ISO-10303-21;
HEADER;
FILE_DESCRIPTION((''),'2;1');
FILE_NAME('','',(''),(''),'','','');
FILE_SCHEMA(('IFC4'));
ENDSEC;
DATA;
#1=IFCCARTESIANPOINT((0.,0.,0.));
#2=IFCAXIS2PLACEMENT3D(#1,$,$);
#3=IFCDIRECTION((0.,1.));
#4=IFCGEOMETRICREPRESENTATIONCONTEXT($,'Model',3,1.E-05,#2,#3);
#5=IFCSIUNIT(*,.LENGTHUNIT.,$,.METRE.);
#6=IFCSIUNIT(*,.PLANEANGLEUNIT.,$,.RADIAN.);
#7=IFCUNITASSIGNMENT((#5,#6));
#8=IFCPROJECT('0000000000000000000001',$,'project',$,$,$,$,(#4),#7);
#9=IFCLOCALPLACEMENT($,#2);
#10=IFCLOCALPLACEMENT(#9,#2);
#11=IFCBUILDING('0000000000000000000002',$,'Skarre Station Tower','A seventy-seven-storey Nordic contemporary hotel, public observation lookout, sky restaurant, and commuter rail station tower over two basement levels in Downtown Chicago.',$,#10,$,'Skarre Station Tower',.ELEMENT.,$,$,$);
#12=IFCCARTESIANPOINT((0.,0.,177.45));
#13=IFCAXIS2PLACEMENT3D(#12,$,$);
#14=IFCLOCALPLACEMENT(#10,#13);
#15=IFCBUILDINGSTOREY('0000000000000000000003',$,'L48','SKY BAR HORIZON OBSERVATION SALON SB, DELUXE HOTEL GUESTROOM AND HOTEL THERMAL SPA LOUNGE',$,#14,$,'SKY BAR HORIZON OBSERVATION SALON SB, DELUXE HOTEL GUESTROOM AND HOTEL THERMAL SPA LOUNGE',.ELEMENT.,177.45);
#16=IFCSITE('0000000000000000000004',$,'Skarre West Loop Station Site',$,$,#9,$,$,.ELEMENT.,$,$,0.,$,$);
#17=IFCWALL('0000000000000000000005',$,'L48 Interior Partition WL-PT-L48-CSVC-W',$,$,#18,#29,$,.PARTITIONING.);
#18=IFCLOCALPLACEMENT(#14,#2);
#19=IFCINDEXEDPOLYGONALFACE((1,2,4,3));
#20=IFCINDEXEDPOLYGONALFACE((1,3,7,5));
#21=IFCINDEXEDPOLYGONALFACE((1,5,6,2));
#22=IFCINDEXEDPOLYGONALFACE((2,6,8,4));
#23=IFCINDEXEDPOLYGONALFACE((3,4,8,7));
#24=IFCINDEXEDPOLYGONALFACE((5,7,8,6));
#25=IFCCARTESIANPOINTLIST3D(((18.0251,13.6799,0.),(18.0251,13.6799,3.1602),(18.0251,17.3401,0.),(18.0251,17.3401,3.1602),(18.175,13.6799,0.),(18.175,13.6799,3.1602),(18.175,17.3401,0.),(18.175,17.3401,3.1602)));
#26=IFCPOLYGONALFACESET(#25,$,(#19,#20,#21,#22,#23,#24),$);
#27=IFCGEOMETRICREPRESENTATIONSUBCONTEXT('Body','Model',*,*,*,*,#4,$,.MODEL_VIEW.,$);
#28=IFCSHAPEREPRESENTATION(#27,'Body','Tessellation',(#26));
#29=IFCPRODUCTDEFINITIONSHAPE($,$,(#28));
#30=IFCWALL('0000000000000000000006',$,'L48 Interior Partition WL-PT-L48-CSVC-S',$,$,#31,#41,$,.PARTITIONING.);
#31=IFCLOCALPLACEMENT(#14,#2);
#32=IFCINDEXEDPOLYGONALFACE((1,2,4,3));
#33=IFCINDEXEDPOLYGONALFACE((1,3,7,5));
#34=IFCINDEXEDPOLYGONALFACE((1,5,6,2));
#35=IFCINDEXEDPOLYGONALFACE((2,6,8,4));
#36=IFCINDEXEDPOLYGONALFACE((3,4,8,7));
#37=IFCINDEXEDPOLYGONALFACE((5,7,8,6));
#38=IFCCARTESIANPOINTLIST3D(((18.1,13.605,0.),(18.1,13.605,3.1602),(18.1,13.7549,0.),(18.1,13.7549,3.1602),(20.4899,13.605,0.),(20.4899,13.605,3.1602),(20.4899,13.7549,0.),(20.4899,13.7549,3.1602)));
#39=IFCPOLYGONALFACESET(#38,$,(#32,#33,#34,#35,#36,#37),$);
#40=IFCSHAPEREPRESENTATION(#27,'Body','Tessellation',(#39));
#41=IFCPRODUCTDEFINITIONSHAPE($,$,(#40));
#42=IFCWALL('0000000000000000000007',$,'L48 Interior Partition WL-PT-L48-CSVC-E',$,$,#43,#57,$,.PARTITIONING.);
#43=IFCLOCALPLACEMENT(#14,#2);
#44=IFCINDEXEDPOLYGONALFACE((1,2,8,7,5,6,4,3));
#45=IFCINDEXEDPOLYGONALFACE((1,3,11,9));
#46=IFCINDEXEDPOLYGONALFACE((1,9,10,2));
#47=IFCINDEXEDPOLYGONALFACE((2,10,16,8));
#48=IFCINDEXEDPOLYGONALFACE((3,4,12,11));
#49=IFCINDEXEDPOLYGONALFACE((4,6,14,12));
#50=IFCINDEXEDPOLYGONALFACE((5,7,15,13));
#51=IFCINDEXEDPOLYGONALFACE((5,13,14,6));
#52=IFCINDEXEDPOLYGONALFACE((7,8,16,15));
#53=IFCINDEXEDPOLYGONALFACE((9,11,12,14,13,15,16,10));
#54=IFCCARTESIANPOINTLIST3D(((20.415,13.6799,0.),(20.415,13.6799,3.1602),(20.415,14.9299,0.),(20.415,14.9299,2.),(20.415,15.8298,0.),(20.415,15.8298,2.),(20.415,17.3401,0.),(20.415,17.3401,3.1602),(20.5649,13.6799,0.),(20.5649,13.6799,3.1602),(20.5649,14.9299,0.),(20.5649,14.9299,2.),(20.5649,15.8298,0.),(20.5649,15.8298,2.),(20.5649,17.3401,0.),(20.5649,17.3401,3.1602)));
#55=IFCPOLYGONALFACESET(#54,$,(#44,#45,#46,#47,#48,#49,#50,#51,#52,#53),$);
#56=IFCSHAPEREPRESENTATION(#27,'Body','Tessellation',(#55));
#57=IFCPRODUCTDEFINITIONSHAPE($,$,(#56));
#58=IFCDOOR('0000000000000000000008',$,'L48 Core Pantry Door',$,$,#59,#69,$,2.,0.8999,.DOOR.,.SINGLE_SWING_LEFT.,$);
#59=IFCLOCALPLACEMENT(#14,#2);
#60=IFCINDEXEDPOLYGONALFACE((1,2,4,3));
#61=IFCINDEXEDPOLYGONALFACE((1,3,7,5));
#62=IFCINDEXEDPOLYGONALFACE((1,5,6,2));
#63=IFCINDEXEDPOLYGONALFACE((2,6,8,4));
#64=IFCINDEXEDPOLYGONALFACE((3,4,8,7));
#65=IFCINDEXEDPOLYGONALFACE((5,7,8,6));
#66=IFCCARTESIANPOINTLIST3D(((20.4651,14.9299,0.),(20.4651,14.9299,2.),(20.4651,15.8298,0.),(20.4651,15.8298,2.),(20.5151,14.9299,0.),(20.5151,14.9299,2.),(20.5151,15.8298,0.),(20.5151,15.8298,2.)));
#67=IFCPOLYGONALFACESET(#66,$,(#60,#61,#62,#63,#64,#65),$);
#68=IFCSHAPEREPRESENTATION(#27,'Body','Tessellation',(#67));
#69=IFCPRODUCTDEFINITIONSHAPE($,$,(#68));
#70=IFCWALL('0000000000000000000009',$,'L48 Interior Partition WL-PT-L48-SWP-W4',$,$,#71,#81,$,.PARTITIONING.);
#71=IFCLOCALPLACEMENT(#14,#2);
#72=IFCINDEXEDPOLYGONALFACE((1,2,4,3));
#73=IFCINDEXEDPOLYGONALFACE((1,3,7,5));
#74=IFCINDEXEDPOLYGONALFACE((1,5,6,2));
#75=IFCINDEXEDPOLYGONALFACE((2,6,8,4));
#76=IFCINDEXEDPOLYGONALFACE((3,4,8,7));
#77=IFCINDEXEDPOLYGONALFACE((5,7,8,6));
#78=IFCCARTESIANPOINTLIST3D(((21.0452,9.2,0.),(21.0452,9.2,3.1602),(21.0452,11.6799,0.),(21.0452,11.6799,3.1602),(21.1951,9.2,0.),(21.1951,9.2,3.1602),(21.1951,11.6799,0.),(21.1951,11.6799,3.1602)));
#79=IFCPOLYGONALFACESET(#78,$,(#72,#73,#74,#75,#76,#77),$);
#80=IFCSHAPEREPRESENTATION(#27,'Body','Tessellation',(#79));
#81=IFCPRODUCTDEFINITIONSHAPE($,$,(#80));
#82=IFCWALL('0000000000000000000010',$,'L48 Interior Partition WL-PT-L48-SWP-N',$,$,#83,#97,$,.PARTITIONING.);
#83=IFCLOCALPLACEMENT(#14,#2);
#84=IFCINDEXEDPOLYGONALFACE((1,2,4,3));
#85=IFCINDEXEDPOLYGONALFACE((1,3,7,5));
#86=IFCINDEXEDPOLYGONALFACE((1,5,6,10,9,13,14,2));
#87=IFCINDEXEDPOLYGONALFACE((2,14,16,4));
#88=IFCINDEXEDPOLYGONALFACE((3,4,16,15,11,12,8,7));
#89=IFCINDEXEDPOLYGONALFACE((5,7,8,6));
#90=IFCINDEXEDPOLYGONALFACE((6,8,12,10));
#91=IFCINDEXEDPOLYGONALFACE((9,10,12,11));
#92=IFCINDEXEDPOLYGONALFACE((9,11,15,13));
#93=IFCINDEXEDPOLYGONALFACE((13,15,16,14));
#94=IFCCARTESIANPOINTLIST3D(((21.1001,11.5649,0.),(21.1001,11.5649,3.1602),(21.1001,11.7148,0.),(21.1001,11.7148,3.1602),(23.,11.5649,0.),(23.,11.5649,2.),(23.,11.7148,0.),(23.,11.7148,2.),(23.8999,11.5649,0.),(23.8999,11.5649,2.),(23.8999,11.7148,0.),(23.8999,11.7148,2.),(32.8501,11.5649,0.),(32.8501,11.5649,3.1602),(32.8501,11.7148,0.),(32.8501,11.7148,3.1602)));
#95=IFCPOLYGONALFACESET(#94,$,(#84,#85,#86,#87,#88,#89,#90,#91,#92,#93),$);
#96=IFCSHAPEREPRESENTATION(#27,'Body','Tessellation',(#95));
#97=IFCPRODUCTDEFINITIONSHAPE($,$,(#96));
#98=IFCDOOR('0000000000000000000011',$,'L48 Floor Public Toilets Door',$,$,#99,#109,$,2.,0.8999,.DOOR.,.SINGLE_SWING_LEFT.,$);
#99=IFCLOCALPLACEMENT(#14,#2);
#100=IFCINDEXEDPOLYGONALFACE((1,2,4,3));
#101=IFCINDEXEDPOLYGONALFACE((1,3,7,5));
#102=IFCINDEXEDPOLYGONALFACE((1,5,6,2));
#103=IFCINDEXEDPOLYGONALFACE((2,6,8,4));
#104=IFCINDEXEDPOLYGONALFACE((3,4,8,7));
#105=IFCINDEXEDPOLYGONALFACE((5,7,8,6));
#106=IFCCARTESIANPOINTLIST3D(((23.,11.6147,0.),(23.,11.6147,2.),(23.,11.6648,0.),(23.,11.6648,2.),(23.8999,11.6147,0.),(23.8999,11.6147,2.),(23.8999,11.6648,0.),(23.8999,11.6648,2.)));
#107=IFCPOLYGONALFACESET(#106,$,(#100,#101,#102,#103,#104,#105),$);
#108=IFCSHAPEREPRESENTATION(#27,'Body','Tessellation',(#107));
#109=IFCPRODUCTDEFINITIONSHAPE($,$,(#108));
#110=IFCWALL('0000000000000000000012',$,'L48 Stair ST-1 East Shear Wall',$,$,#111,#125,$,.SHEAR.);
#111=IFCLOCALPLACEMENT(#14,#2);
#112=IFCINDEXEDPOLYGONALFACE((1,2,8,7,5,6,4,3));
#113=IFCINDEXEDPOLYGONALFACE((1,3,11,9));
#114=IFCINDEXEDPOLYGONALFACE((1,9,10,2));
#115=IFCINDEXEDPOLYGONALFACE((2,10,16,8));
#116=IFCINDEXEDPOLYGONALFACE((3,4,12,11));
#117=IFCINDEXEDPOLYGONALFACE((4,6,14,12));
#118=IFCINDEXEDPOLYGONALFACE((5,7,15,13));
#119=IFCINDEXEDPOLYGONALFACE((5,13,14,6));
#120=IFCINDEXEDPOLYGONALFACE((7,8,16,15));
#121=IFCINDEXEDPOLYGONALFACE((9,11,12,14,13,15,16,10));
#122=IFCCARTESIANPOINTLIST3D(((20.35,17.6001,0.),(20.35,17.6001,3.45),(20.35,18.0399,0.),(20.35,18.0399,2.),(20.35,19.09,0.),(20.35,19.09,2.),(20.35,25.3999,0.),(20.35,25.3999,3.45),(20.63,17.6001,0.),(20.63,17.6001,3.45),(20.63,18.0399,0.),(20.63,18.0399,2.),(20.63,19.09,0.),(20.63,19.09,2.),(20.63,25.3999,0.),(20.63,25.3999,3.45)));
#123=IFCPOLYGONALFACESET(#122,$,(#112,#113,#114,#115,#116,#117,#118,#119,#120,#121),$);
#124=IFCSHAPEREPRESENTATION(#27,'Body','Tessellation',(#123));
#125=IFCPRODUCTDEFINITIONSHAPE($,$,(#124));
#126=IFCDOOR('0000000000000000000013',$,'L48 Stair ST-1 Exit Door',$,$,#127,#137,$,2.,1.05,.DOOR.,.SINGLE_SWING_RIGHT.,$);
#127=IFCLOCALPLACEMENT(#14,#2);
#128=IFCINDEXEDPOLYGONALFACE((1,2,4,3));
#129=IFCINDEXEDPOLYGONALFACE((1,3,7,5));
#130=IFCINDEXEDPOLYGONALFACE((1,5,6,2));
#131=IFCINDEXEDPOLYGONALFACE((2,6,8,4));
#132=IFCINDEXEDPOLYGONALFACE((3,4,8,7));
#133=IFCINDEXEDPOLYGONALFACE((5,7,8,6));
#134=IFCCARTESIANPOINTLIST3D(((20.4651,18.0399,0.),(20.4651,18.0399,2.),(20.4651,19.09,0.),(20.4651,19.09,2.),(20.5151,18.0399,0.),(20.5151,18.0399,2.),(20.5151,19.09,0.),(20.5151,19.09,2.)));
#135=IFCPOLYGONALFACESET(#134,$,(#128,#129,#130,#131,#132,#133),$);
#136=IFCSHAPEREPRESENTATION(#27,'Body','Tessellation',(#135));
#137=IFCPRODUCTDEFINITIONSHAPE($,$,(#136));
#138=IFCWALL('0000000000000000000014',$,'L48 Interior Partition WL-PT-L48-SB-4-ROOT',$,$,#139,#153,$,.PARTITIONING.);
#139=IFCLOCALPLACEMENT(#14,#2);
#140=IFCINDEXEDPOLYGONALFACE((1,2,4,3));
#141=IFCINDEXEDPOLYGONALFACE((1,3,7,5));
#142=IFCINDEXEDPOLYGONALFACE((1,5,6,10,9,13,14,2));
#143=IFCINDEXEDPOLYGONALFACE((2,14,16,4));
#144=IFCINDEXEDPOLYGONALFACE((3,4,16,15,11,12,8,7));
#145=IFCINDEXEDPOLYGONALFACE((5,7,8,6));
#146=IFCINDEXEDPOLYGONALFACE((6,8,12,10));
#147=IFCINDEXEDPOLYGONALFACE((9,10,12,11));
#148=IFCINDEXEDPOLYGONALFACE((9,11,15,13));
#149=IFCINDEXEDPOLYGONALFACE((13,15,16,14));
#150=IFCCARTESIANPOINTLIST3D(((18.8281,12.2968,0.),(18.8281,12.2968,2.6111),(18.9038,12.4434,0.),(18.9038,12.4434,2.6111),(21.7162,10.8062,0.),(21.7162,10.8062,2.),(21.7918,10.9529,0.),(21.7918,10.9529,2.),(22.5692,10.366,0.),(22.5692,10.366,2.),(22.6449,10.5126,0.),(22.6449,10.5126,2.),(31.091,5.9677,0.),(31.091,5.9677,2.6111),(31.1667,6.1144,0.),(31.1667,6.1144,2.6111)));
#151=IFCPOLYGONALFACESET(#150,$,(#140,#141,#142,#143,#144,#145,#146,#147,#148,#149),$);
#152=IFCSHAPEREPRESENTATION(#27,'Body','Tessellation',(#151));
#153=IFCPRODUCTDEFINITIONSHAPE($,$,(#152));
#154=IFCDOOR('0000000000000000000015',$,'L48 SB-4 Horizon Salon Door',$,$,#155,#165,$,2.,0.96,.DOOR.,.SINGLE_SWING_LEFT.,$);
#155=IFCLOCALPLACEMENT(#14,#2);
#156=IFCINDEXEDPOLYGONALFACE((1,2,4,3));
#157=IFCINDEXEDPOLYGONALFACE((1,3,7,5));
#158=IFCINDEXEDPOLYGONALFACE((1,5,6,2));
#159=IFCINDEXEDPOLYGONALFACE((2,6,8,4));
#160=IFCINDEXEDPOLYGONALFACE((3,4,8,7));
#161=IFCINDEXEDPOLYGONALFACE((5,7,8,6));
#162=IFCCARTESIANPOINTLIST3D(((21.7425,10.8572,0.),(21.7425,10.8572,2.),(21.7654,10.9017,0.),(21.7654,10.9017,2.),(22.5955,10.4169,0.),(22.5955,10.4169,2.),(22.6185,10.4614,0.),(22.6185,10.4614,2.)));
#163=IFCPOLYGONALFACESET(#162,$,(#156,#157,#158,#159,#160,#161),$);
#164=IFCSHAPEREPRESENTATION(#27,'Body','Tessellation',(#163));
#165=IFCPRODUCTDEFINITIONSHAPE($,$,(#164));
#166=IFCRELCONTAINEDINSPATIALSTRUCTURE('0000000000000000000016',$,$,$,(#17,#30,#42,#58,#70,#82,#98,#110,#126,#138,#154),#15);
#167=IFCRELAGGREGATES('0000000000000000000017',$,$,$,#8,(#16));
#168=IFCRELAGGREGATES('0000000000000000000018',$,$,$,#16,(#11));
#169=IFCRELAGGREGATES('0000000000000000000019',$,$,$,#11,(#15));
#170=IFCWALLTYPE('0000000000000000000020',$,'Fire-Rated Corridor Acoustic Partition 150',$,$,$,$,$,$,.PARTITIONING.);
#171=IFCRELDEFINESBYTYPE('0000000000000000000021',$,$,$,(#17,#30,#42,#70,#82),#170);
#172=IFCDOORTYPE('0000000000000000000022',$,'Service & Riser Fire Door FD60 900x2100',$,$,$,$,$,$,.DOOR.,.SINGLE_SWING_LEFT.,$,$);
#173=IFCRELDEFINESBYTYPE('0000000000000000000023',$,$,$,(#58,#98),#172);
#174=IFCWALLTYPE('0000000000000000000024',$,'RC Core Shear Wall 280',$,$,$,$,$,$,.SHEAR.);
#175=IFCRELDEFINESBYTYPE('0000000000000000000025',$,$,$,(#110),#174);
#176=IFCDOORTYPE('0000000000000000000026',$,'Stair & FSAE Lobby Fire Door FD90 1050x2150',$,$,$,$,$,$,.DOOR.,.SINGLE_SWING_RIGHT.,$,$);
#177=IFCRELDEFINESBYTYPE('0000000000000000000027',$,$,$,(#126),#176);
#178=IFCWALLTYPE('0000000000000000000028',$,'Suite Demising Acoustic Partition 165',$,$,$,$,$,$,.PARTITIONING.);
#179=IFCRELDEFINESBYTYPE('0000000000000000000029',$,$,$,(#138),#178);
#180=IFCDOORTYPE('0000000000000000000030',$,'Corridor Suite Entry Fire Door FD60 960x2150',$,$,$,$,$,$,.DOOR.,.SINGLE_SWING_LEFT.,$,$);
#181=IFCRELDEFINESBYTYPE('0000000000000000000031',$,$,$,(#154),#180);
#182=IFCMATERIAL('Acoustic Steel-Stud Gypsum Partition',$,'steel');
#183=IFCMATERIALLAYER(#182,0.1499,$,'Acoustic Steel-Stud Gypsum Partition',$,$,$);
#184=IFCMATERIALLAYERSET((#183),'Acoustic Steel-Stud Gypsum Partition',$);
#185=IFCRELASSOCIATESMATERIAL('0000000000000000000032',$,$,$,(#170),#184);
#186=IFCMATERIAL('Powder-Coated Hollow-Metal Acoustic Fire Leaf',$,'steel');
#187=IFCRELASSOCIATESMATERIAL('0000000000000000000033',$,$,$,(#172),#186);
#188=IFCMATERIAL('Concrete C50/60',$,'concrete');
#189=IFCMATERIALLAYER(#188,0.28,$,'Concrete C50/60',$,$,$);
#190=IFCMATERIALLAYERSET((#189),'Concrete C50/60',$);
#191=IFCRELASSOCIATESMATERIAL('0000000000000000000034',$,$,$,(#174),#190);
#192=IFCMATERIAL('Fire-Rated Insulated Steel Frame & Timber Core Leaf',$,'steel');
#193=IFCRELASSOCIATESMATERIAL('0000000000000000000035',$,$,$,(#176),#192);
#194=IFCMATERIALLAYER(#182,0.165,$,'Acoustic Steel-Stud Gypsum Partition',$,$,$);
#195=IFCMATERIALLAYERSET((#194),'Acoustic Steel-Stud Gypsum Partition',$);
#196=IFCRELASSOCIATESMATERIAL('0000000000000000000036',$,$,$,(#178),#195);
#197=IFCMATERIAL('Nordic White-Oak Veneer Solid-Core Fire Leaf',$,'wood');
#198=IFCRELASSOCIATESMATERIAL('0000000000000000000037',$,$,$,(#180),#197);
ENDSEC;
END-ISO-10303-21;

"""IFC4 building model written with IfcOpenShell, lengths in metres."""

from ifc_helpers import new_model, si_unit, direction, frame, frame_2d, origin, place, context, subcontext, project, spatial, rectangle, extrude, material, layer, layer_set, type_object, element, fill, save


model = new_model("IFC4")

# Units and contexts
model_context = context("Model", 3, precision=1e-05, world=origin(), true_north=direction((0.0, 1.0)))
body_context = subcontext(model_context, "Body", "Model", "MODEL_VIEW")
ifc_project = project(units=[si_unit("LENGTHUNIT", "METRE"), si_unit("PLANEANGLEUNIT", "RADIAN")], contexts=[model_context])

# Site, building, storey
site_placement = place(None, origin())
site = spatial("IfcSite", under=ifc_project, at=site_placement, Name="Skarre West Loop Station Site", CompositionType="ELEMENT", RefElevation=0.0)
building_placement = place(site_placement, origin())
building = spatial("IfcBuilding", under=site, at=building_placement, Name="Skarre Station Tower", Description="A seventy-seven-storey Nordic contemporary hotel, public observation lookout, sky restaurant, and commuter rail station tower over two basement levels in Downtown Chicago.", LongName="Skarre Station Tower", CompositionType="ELEMENT")
storey_placement = place(building_placement, frame((0.0, 0.0, 177.45)))
storey = spatial("IfcBuildingStorey", under=building, at=storey_placement, Name="L48", Description="SKY BAR HORIZON OBSERVATION SALON SB, DELUXE HOTEL GUESTROOM AND HOTEL THERMAL SPA LOUNGE", LongName="SKY BAR HORIZON OBSERVATION SALON SB, DELUXE HOTEL GUESTROOM AND HOTEL THERMAL SPA LOUNGE", CompositionType="ELEMENT", Elevation=177.45)

# Shared definitions
ifc_material_1 = material(Name="Concrete C50/60", Category="concrete")

# Walls
ifc_material_2 = material(Name="Acoustic Steel-Stud Gypsum Partition", Category="steel")
ifc_layer_1 = layer(ifc_material_2, 0.1499, Name="Acoustic Steel-Stud Gypsum Partition")
ifc_layer_set_1 = layer_set([ifc_layer_1], Name="Acoustic Steel-Stud Gypsum Partition")
wall_type_1 = type_object("IfcWallType", Name="Fire-Rated Corridor Acoustic Partition 150", PredefinedType="PARTITIONING", material=ifc_layer_set_1)
wall_1_placement = place(storey_placement, frame((18.1001, 17.3401, 0.0), z_axis=(0.0, 0.0, 1.0), x_axis=(0.0, -1.0, 0.0)))
element("IfcWall", 1, at=wall_1_placement, inside=storey, type_object=wall_type_1, Name="L48 Interior Partition WL-PT-L48-CSVC-W", PredefinedType="PARTITIONING", context=body_context, shape_type="SweptSolid", body=[
    extrude(rectangle(XDim=3.6602, YDim=0.1499, at=frame_2d((1.8301, 0.0))), origin(), (0.0, 0.0, 1.0), 3.1602),
])
wall_2_placement = place(storey_placement, frame((18.1001, 13.6799, 0.0), z_axis=(0.0, 0.0, 1.0), x_axis=(1.0, 0.0, 0.0)))
element("IfcWall", 2, at=wall_2_placement, inside=storey, type_object=wall_type_1, Name="L48 Interior Partition WL-PT-L48-CSVC-S", PredefinedType="PARTITIONING", context=body_context, shape_type="SweptSolid", body=[
    extrude(rectangle(XDim=2.3899, YDim=0.1499, at=frame_2d((1.1948, 0.0))), origin(), (0.0, 0.0, 1.0), 3.1602),
])

# Wall, opening, door
wall_3_placement = place(storey_placement, frame((20.49, 13.6799, 0.0), z_axis=(0.0, 0.0, 1.0), x_axis=(0.0, 1.0, 0.0)))
wall_3 = element("IfcWall", 3, at=wall_3_placement, inside=storey, type_object=wall_type_1, Name="L48 Interior Partition WL-PT-L48-CSVC-E", PredefinedType="PARTITIONING", context=body_context, shape_type="SweptSolid", body=[
    extrude(rectangle(XDim=3.6602, YDim=0.1499, at=frame_2d((1.8301, 0.0))), origin(), (0.0, 0.0, 1.0), 3.1602),
])
opening_1_placement = place(wall_3_placement, frame((1.25, 0.0, 0.0)))
opening_1 = element("IfcOpeningElement", 4, at=opening_1_placement, cuts=wall_3, PredefinedType="OPENING", context=body_context, shape_type="SweptSolid", body=[
    extrude(rectangle(XDim=0.8999, YDim=2.0, at=frame_2d((0.45, 1.0))), frame((0.0, 0.085, 0.0), z_axis=(0.0, -1.0, 0.0), x_axis=(1.0, 0.0, 0.0)), (0.0, 0.0, 1.0), 0.1699),
])
ifc_material_3 = material(Name="Powder-Coated Hollow-Metal Acoustic Fire Leaf", Category="steel")
door_type_1 = type_object("IfcDoorType", Name="Service & Riser Fire Door FD60 900x2100", OperationType="SINGLE_SWING_LEFT", PredefinedType="DOOR", material=ifc_material_3)
door_1_placement = place(opening_1_placement, origin())
door_1 = element("IfcDoor", 5, at=door_1_placement, inside=storey, type_object=door_type_1, Name="L48 Core Pantry Door", OperationType="SINGLE_SWING_LEFT", OverallHeight=2.0, OverallWidth=0.8999, PredefinedType="DOOR", context=body_context, shape_type="SweptSolid", body=[
    extrude(rectangle(XDim=0.8999, YDim=2.0, at=frame_2d((0.45, 1.0))), frame((0.0, 0.0249, 0.0), z_axis=(0.0, -1.0, 0.0), x_axis=(1.0, 0.0, 0.0)), (0.0, 0.0, 1.0), 0.05),
])
fill(opening_1, door_1)

# Wall
wall_4_placement = place(storey_placement, frame((21.1201, 9.2, 0.0), z_axis=(0.0, 0.0, 1.0), x_axis=(0.0, 1.0, 0.0)))
element("IfcWall", 6, at=wall_4_placement, inside=storey, type_object=wall_type_1, Name="L48 Interior Partition WL-PT-L48-SWP-W4", PredefinedType="PARTITIONING", context=body_context, shape_type="SweptSolid", body=[
    extrude(rectangle(XDim=2.48, YDim=0.1499, at=frame_2d((1.24, 0.0))), origin(), (0.0, 0.0, 1.0), 3.1602),
])

# Walls, openings, doors
wall_5_placement = place(storey_placement, frame((21.1001, 11.6399, 0.0), z_axis=(0.0, 0.0, 1.0), x_axis=(1.0, 0.0, 0.0)))
wall_5 = element("IfcWall", 7, at=wall_5_placement, inside=storey, type_object=wall_type_1, Name="L48 Interior Partition WL-PT-L48-SWP-N", PredefinedType="PARTITIONING", context=body_context, shape_type="SweptSolid", body=[
    extrude(rectangle(XDim=11.75, YDim=0.1499, at=frame_2d((5.875, 0.0))), origin(), (0.0, 0.0, 1.0), 3.1602),
])
opening_2_placement = place(wall_5_placement, frame((1.8999, 0.0, 0.0)))
opening_2 = element("IfcOpeningElement", 8, at=opening_2_placement, cuts=wall_5, PredefinedType="OPENING", context=body_context, shape_type="SweptSolid", body=[
    extrude(rectangle(XDim=0.8999, YDim=2.0, at=frame_2d((0.45, 1.0))), frame((0.0, 0.085, 0.0), z_axis=(0.0, -1.0, 0.0), x_axis=(1.0, 0.0, 0.0)), (0.0, 0.0, 1.0), 0.1699),
])
door_2_placement = place(opening_2_placement, origin())
door_2 = element("IfcDoor", 9, at=door_2_placement, inside=storey, type_object=door_type_1, Name="L48 Floor Public Toilets Door", OperationType="SINGLE_SWING_LEFT", OverallHeight=2.0, OverallWidth=0.8999, PredefinedType="DOOR", context=body_context, shape_type="SweptSolid", body=[
    extrude(rectangle(XDim=0.8999, YDim=2.0, at=frame_2d((0.45, 1.0))), frame((0.0, 0.0249, 0.0), z_axis=(0.0, -1.0, 0.0), x_axis=(1.0, 0.0, 0.0)), (0.0, 0.0, 1.0), 0.05),
])
fill(opening_2, door_2)
ifc_layer_2 = layer(ifc_material_1, 0.28, Name="Concrete C50/60")
ifc_layer_set_2 = layer_set([ifc_layer_2], Name="Concrete C50/60")
wall_type_2 = type_object("IfcWallType", Name="RC Core Shear Wall 280", PredefinedType="SHEAR", material=ifc_layer_set_2)
wall_6_placement = place(storey_placement, frame((20.49, 17.6001, 0.0), z_axis=(0.0, 0.0, 1.0), x_axis=(0.0, 1.0, 0.0)))
wall_6 = element("IfcWall", 10, at=wall_6_placement, inside=storey, type_object=wall_type_2, Name="L48 Stair ST-1 East Shear Wall", PredefinedType="SHEAR", context=body_context, shape_type="SweptSolid", body=[
    extrude(rectangle(XDim=7.7998, YDim=0.28, at=frame_2d((3.8999, 0.0))), origin(), (0.0, 0.0, 1.0), 3.45),
])
opening_3_placement = place(wall_6_placement, frame((0.4399, 0.0, 0.0)))
opening_3 = element("IfcOpeningElement", 11, at=opening_3_placement, cuts=wall_6, PredefinedType="OPENING", context=body_context, shape_type="SweptSolid", body=[
    extrude(rectangle(XDim=1.05, YDim=2.0, at=frame_2d((0.5249, 1.0))), frame((0.0, 0.1499, 0.0), z_axis=(0.0, -1.0, 0.0), x_axis=(1.0, 0.0, 0.0)), (0.0, 0.0, 1.0), 0.3),
])
ifc_material_4 = material(Name="Fire-Rated Insulated Steel Frame & Timber Core Leaf", Category="steel")
door_type_2 = type_object("IfcDoorType", Name="Stair & FSAE Lobby Fire Door FD90 1050x2150", OperationType="SINGLE_SWING_RIGHT", PredefinedType="DOOR", material=ifc_material_4)
door_3_placement = place(opening_3_placement, origin())
door_3 = element("IfcDoor", 12, at=door_3_placement, inside=storey, type_object=door_type_2, Name="L48 Stair ST-1 Exit Door", OperationType="SINGLE_SWING_RIGHT", OverallHeight=2.0, OverallWidth=1.05, PredefinedType="DOOR", context=body_context, shape_type="SweptSolid", body=[
    extrude(rectangle(XDim=1.05, YDim=2.0, at=frame_2d((0.5249, 1.0))), frame((0.0, 0.0249, 0.0), z_axis=(0.0, -1.0, 0.0), x_axis=(1.0, 0.0, 0.0)), (0.0, 0.0, 1.0), 0.05),
])
fill(opening_3, door_3)
ifc_layer_3 = layer(ifc_material_2, 0.165, Name="Acoustic Steel-Stud Gypsum Partition")
ifc_layer_set_3 = layer_set([ifc_layer_3], Name="Acoustic Steel-Stud Gypsum Partition")
wall_type_3 = type_object("IfcWallType", Name="Suite Demising Acoustic Partition 165", PredefinedType="PARTITIONING", material=ifc_layer_set_3)
wall_7_placement = place(storey_placement, frame((18.866, 12.3701, 0.0), z_axis=(0.0, 0.0, 1.0), x_axis=(0.888625, -0.458634, 0.0)))
wall_7 = element("IfcWall", 13, at=wall_7_placement, inside=storey, type_object=wall_type_3, Name="L48 Interior Partition WL-PT-L48-SB-4-ROOT", PredefinedType="PARTITIONING", context=body_context, shape_type="SweptSolid", body=[
    extrude(rectangle(XDim=13.7998, YDim=0.165, at=frame_2d((6.8999, 0.0))), origin(), (0.0, 0.0, 1.0), 2.6111),
])
opening_4_placement = place(wall_7_placement, frame((3.25, 0.0, 0.0)))
opening_4 = element("IfcOpeningElement", 14, at=opening_4_placement, cuts=wall_7, PredefinedType="OPENING", context=body_context, shape_type="SweptSolid", body=[
    extrude(rectangle(XDim=0.96, YDim=2.0, at=frame_2d((0.48, 1.0))), frame((0.0, 0.0925, 0.0), z_axis=(0.0, -1.0, 0.0), x_axis=(1.0, 0.0, 0.0)), (0.0, 0.0, 1.0), 0.1851),
])
ifc_material_5 = material(Name="Nordic White-Oak Veneer Solid-Core Fire Leaf", Category="wood")
door_type_3 = type_object("IfcDoorType", Name="Corridor Suite Entry Fire Door FD60 960x2150", OperationType="SINGLE_SWING_LEFT", PredefinedType="DOOR", material=ifc_material_5)
door_4_placement = place(opening_4_placement, origin())
door_4 = element("IfcDoor", 15, at=door_4_placement, inside=storey, type_object=door_type_3, Name="L48 SB-4 Horizon Salon Door", OperationType="SINGLE_SWING_LEFT", OverallHeight=2.0, OverallWidth=0.96, PredefinedType="DOOR", context=body_context, shape_type="SweptSolid", body=[
    extrude(rectangle(XDim=0.96, YDim=2.0, at=frame_2d((0.48, 1.0))), frame((0.0, 0.0249, 0.0), z_axis=(0.0, -1.0, 0.0), x_axis=(1.0, 0.0, 0.0)), (0.0, 0.0, 1.0), 0.05),
])
fill(opening_4, door_4)

save(model, "model.ifc")
